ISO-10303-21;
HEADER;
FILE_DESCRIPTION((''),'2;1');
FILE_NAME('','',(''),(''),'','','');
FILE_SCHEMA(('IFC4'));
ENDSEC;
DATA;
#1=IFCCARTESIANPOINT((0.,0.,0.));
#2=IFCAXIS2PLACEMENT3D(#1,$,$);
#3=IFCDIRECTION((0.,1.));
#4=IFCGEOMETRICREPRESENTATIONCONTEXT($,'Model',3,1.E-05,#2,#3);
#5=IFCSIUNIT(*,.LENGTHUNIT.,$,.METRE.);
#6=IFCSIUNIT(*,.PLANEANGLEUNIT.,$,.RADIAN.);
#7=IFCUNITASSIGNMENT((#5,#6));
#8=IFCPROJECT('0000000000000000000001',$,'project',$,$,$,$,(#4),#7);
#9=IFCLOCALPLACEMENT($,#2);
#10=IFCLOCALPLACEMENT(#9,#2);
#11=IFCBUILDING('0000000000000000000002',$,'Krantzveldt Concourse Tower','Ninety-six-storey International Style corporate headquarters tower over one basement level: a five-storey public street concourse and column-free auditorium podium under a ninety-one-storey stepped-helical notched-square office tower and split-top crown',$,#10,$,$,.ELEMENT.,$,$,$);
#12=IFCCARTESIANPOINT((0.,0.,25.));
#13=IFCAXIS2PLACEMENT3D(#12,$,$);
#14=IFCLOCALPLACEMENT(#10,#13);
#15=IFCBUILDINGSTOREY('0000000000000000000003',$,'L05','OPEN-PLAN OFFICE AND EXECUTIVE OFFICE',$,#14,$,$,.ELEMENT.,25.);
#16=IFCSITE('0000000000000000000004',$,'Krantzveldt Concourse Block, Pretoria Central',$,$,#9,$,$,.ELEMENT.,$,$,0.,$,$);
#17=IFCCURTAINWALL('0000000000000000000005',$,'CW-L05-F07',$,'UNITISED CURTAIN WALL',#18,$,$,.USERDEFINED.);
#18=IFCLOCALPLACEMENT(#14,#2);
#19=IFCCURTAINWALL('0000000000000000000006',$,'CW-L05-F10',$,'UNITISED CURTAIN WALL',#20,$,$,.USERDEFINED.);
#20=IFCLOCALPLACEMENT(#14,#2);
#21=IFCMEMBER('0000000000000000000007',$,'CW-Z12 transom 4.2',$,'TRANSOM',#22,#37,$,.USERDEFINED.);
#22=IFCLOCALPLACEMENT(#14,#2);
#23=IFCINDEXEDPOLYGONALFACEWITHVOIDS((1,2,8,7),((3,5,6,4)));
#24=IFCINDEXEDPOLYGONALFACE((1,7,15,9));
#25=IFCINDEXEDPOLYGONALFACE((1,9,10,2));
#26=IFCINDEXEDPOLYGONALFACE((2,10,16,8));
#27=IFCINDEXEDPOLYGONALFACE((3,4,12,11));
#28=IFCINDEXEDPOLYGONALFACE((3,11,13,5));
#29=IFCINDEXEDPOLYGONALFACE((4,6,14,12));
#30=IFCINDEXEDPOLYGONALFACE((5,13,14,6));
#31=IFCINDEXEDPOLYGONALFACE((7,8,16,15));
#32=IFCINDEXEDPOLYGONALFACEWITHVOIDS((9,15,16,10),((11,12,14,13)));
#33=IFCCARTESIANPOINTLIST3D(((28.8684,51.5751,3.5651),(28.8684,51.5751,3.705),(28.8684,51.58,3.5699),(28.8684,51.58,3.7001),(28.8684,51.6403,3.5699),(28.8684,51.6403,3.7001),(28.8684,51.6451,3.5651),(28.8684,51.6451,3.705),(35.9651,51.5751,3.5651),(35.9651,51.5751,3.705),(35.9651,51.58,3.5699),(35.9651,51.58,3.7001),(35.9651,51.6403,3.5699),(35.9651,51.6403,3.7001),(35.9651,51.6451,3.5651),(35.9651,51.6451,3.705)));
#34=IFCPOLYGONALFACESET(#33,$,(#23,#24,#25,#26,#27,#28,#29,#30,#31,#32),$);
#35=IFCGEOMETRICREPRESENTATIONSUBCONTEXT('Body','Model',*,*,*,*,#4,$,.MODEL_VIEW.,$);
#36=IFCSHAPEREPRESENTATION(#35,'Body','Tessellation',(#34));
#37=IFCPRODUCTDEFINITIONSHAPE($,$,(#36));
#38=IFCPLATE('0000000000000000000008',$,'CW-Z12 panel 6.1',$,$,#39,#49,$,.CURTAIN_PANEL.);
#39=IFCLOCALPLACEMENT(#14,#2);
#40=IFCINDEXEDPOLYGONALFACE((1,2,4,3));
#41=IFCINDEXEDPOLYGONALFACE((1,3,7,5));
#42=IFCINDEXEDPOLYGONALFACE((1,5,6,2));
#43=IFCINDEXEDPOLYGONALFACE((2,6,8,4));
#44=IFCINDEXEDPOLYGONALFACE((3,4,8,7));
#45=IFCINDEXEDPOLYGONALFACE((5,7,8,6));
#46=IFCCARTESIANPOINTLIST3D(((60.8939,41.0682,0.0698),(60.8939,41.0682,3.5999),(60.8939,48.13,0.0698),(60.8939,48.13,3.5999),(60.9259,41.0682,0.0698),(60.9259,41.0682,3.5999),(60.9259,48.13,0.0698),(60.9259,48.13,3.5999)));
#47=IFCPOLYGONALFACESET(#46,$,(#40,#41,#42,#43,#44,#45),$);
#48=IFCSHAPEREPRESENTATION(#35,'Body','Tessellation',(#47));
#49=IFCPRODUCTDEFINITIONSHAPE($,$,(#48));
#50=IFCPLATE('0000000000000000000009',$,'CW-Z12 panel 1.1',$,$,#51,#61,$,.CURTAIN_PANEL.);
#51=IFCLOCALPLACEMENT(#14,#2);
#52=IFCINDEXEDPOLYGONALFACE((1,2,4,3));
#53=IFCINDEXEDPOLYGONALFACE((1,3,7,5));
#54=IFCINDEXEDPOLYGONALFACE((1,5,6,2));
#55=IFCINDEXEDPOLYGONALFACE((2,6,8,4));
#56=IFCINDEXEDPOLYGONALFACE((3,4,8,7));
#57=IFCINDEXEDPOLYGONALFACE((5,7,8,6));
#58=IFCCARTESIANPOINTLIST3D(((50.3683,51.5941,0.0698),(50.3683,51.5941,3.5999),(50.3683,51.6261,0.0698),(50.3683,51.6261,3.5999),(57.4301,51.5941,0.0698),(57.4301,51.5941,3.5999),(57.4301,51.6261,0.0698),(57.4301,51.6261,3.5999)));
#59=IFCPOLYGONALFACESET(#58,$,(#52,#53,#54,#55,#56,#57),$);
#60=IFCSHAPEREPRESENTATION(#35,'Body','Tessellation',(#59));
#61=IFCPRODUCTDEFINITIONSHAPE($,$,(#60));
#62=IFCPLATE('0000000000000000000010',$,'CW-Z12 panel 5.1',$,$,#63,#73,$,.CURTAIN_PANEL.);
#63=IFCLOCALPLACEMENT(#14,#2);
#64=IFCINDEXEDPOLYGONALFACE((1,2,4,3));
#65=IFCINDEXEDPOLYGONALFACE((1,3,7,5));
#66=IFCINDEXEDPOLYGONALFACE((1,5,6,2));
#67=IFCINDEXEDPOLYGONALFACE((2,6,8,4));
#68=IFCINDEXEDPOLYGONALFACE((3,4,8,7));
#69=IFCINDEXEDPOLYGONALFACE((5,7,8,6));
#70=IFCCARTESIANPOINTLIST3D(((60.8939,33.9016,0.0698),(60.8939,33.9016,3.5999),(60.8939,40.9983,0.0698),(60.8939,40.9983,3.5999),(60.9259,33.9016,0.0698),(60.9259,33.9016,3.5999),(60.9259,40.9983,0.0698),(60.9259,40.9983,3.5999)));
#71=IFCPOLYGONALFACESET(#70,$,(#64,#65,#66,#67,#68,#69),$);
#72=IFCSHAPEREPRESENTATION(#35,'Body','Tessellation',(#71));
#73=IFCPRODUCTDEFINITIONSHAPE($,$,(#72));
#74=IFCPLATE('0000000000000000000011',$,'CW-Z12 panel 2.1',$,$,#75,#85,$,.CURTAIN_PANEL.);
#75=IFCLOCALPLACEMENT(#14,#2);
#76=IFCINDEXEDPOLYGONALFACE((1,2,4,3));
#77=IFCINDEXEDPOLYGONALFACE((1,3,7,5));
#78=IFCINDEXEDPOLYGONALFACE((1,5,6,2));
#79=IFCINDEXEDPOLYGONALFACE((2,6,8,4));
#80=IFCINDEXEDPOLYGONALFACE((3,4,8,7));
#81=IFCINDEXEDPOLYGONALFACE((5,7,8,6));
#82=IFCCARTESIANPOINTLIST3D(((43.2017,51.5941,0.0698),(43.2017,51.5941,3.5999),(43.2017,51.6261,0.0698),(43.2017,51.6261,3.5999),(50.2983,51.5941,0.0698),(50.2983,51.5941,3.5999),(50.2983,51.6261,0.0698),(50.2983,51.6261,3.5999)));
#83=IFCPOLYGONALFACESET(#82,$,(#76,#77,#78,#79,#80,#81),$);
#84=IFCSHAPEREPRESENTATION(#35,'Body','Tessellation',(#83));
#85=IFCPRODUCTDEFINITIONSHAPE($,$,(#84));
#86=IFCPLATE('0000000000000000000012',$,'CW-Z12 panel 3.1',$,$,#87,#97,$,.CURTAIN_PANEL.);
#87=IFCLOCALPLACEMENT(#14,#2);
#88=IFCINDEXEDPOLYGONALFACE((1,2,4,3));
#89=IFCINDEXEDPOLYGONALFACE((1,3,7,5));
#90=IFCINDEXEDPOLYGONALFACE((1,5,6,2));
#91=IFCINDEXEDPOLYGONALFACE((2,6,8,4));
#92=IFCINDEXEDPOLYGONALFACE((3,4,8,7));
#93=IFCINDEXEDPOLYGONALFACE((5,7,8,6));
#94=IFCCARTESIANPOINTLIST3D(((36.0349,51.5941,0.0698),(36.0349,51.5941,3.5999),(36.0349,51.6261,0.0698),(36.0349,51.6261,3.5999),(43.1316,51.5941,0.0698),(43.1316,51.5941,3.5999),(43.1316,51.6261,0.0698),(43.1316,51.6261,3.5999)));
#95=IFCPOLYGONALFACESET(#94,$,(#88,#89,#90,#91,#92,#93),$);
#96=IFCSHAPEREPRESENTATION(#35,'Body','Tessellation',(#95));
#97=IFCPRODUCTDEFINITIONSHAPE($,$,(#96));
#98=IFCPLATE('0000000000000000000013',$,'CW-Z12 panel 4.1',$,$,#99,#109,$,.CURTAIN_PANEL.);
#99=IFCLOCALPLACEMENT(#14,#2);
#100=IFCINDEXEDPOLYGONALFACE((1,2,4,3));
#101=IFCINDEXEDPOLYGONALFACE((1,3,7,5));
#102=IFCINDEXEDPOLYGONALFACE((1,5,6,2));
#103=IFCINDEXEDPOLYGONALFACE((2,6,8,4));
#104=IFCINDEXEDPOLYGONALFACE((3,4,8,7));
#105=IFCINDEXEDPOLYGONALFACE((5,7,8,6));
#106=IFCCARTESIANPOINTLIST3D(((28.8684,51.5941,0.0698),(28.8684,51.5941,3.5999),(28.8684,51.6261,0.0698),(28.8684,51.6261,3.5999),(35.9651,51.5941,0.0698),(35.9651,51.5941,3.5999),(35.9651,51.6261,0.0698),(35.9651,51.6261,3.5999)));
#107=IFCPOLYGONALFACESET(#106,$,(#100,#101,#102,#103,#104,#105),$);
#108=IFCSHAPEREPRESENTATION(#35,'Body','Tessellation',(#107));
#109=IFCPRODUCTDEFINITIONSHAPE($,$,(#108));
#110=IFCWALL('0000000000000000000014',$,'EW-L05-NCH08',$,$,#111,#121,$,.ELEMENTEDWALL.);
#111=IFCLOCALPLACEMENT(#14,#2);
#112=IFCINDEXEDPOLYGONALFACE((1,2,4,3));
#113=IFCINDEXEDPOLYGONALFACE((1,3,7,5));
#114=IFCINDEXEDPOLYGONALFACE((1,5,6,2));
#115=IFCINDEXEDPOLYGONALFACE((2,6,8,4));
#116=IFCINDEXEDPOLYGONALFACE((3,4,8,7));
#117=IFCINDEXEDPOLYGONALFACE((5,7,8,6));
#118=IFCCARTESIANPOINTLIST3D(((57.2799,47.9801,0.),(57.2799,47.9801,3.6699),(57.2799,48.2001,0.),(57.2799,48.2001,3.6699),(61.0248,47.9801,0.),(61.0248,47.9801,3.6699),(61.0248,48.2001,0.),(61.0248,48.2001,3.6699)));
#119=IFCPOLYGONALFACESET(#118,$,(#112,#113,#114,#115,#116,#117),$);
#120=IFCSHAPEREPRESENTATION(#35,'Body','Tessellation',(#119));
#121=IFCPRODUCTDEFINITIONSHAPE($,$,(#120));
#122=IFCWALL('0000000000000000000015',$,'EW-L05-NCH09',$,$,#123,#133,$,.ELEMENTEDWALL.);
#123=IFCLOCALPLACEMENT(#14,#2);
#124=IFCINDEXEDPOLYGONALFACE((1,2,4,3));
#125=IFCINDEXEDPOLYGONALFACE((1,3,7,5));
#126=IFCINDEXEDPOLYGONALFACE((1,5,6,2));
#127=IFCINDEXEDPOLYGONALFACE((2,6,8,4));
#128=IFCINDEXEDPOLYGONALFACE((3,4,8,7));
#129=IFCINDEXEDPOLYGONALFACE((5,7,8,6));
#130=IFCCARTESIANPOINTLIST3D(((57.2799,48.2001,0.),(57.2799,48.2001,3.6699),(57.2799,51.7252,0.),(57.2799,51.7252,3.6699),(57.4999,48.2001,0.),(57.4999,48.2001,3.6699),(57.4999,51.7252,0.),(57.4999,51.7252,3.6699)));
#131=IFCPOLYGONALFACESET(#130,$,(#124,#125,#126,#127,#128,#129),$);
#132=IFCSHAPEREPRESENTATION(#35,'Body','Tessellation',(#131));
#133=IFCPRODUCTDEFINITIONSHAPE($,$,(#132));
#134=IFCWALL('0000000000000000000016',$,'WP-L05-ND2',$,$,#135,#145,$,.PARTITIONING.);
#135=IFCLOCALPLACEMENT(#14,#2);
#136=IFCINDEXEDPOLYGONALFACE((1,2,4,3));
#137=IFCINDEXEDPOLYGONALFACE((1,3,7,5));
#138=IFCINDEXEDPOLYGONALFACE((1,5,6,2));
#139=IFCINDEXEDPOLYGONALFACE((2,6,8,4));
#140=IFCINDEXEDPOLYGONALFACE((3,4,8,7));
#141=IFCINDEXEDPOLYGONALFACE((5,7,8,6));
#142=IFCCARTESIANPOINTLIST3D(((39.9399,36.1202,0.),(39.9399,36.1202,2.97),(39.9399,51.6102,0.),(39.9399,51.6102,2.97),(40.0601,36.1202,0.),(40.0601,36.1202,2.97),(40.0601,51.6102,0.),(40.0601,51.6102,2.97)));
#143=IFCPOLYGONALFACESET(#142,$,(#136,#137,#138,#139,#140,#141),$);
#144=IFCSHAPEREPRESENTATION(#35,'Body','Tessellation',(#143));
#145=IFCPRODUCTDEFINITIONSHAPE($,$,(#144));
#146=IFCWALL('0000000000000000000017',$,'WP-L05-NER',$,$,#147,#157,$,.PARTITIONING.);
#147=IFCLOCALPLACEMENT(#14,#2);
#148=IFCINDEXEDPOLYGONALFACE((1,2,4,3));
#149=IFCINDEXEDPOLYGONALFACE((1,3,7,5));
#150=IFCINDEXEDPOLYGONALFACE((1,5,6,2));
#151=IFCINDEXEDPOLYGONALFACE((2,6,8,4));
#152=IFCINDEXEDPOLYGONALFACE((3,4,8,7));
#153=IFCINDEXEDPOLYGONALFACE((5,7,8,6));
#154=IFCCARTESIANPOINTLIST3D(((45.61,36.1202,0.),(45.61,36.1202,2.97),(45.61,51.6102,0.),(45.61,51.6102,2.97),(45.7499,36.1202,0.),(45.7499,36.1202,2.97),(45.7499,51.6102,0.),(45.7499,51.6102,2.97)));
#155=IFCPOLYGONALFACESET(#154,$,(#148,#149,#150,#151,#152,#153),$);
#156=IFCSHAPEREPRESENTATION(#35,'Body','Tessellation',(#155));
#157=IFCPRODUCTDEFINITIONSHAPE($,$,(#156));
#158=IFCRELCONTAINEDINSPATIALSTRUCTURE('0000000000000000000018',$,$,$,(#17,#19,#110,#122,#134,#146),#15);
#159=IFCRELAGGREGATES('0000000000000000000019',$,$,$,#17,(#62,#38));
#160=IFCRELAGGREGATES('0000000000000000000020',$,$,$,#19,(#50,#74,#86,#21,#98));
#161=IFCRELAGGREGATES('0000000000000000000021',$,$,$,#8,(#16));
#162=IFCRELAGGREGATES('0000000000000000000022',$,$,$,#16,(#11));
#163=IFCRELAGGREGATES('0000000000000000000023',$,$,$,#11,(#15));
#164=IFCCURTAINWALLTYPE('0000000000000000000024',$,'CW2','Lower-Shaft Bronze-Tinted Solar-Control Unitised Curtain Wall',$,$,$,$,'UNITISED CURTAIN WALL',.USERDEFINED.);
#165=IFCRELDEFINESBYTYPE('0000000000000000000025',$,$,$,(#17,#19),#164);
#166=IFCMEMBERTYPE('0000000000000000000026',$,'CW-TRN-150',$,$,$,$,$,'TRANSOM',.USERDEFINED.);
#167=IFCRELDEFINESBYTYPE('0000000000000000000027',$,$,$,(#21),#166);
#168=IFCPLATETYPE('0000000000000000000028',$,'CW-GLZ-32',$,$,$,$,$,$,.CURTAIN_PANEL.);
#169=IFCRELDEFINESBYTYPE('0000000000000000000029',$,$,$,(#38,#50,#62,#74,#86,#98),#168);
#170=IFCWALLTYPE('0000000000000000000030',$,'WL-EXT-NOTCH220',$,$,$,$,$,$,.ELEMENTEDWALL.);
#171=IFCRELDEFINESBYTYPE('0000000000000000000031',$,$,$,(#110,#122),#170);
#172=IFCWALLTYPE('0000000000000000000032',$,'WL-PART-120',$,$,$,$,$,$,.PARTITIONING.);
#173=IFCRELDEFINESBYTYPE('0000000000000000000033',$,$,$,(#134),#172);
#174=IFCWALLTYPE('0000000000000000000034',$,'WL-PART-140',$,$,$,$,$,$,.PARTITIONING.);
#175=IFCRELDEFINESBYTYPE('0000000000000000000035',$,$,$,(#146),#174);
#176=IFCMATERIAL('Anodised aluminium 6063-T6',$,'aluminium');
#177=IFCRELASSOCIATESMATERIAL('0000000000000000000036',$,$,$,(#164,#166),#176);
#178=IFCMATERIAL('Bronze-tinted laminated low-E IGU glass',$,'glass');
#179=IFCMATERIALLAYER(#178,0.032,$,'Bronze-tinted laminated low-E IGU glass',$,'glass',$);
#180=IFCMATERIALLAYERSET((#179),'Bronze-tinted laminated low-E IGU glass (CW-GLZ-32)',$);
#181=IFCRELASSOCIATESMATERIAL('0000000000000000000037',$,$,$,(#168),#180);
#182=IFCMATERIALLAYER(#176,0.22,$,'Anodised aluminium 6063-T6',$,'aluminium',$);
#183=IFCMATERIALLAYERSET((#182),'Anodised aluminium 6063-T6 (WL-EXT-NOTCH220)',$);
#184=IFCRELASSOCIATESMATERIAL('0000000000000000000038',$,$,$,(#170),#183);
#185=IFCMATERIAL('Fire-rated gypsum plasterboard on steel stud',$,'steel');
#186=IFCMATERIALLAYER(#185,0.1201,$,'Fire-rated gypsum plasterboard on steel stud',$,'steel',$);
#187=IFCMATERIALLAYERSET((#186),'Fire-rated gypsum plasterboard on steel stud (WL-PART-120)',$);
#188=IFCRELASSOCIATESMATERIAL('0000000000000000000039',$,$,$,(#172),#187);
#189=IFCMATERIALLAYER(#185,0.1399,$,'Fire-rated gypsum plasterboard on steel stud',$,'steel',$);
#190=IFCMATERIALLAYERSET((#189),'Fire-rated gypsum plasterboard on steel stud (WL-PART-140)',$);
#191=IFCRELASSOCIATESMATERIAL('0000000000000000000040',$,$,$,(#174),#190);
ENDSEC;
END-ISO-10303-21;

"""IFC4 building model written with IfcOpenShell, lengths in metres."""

from ifc_helpers import new_model, si_unit, direction, frame, frame_2d, origin, origin_2d, place, context, subcontext, project, spatial, rectangle, hollow_rectangle, extrude, source, transform, mapped, material, layer, layer_set, material_profile, profile_set, type_object, type_shapes, element, aggregate, save


model = new_model("IFC4")

# Units and contexts
model_context = context("Model", 3, precision=1e-05, world=origin(), true_north=direction((0.0, 1.0)))
body_context = subcontext(model_context, "Body", "Model", "MODEL_VIEW")
ifc_project = project(units=[si_unit("LENGTHUNIT", "METRE"), si_unit("PLANEANGLEUNIT", "RADIAN")], contexts=[model_context])

# Site, building, storey
site_placement = place(None, origin())
site = spatial("IfcSite", under=ifc_project, at=site_placement, Name="Krantzveldt Concourse Block, Pretoria Central", CompositionType="ELEMENT", RefElevation=0.0)
building_placement = place(site_placement, origin())
building = spatial("IfcBuilding", under=site, at=building_placement, Name="Krantzveldt Concourse Tower", Description="Ninety-six-storey International Style corporate headquarters tower over one basement level: a five-storey public street concourse and column-free auditorium podium under a ninety-one-storey stepped-helical notched-square office tower and split-top crown", CompositionType="ELEMENT")
storey_placement = place(building_placement, frame((0.0, 0.0, 25.0)))
storey = spatial("IfcBuildingStorey", under=building, at=storey_placement, Name="L05", Description="OPEN-PLAN OFFICE AND EXECUTIVE OFFICE", CompositionType="ELEMENT", Elevation=25.0)

# Curtain walls
ifc_material_1 = material(Name="Anodised aluminium 6063-T6", Category="aluminium")
curtain_wall_type = type_object("IfcCurtainWallType", Name="CW2", Description="Lower-Shaft Bronze-Tinted Solar-Control Unitised Curtain Wall", ElementType="UNITISED CURTAIN WALL", PredefinedType="USERDEFINED", material=ifc_material_1)
curtain_wall_1_placement = place(storey_placement, origin())
curtain_wall_1 = element("IfcCurtainWall", 1, at=curtain_wall_1_placement, inside=storey, type_object=curtain_wall_type, Name="CW-L05-F07", ObjectType="UNITISED CURTAIN WALL", PredefinedType="USERDEFINED")
curtain_wall_2_placement = place(storey_placement, origin())
curtain_wall_2 = element("IfcCurtainWall", 2, at=curtain_wall_2_placement, inside=storey, type_object=curtain_wall_type, Name="CW-L05-F10", ObjectType="UNITISED CURTAIN WALL", PredefinedType="USERDEFINED")

# Member
ifc_material_profile_1 = material_profile(ifc_material_1, hollow_rectangle(XDim=0.0701, YDim=0.1399, WallThickness=0.0049, at=origin_2d()), Name="Anodised aluminium 6063-T6", Category="aluminium")
ifc_profile_set_1 = profile_set([ifc_material_profile_1], Name="Anodised aluminium 6063-T6 - ALU-TRAN 140x70x5")
member_type_1 = type_object("IfcMemberType", Name="CW-TRN-150", ElementType="TRANSOM", PredefinedType="USERDEFINED", material=ifc_profile_set_1)
shared_shape_1 = source(origin(), body_context, "Body", "SweptSolid", [
    extrude(hollow_rectangle(XDim=0.0701, YDim=0.1399, WallThickness=0.0049, at=origin_2d()), origin(), (0.0, 0.0, 1.0), 7.0967),
])
member_1_placement = place(storey_placement, frame((35.9651, 51.6101, 3.635), z_axis=(-1.0, 0.0, 0.0), x_axis=(0.0, -1.0, 0.0)))
member_1 = element("IfcMember", 3, at=member_1_placement, type_object=member_type_1, Name="CW-Z12 transom 4.2", ObjectType="TRANSOM", PredefinedType="USERDEFINED", context=body_context, shape_type="MappedRepresentation", body=[
    mapped(shared_shape_1, transform((0.0, 0.0, 0.0), x_axis=(1.0, 0.0, 0.0), y_axis=(0.0, 1.0, 0.0), z_axis=(0.0, 0.0, 1.0), scale=1.0)),
])

# Plates
ifc_material_2 = material(Name="Bronze-tinted laminated low-E IGU glass", Category="glass")
ifc_layer_1 = layer(ifc_material_2, 0.032, Name="Bronze-tinted laminated low-E IGU glass", Category="glass")
ifc_layer_set_1 = layer_set([ifc_layer_1], Name="Bronze-tinted laminated low-E IGU glass (CW-GLZ-32)")
plate_type = type_object("IfcPlateType", Name="CW-GLZ-32", PredefinedType="CURTAIN_PANEL", material=ifc_layer_set_1)
shared_shape_2 = source(origin(), body_context, "Body", "SweptSolid", [
    extrude(rectangle(XDim=7.0618, YDim=0.032, at=origin_2d()), origin(), (0.0, 0.0, 1.0), 3.53),
])
plate_1_placement = place(storey_placement, frame((60.9099, 44.5991, 0.0698), z_axis=(0.0, 0.0, 1.0), x_axis=(0.0, 1.0, 0.0)))
plate_1 = element("IfcPlate", 4, at=plate_1_placement, type_object=plate_type, Name="CW-Z12 panel 6.1", PredefinedType="CURTAIN_PANEL", context=body_context, shape_type="MappedRepresentation", body=[
    mapped(shared_shape_2, transform((0.0, 0.0, 0.0), x_axis=(1.0, 0.0, 0.0), y_axis=(0.0, 1.0, 0.0), z_axis=(0.0, 0.0, 1.0), scale=1.0)),
])
plate_2_placement = place(storey_placement, frame((53.8992, 51.6101, 0.0698), z_axis=(0.0, 0.0, 1.0), x_axis=(-1.0, 0.0, 0.0)))
plate_2 = element("IfcPlate", 5, at=plate_2_placement, type_object=plate_type, Name="CW-Z12 panel 1.1", PredefinedType="CURTAIN_PANEL", context=body_context, shape_type="MappedRepresentation", body=[
    mapped(shared_shape_2, transform((0.0, 0.0, 0.0), x_axis=(1.0, 0.0, 0.0), y_axis=(0.0, 1.0, 0.0), z_axis=(0.0, 0.0, 1.0), scale=1.0)),
])
shared_shape_3 = source(origin(), body_context, "Body", "SweptSolid", [
    extrude(rectangle(XDim=7.0967, YDim=0.032, at=origin_2d()), origin(), (0.0, 0.0, 1.0), 3.53),
])
type_shapes(plate_type, [shared_shape_2, shared_shape_3])
plate_3_placement = place(storey_placement, frame((60.9099, 37.45, 0.0698), z_axis=(0.0, 0.0, 1.0), x_axis=(0.0, 1.0, 0.0)))
plate_3 = element("IfcPlate", 6, at=plate_3_placement, type_object=plate_type, Name="CW-Z12 panel 5.1", PredefinedType="CURTAIN_PANEL", context=body_context, shape_type="MappedRepresentation", body=[
    mapped(shared_shape_3, transform((0.0, 0.0, 0.0), x_axis=(1.0, 0.0, 0.0), y_axis=(0.0, 1.0, 0.0), z_axis=(0.0, 0.0, 1.0), scale=1.0)),
])
aggregate(curtain_wall_1, [plate_3, plate_1])
plate_4_placement = place(storey_placement, frame((46.75, 51.6101, 0.0698), z_axis=(0.0, 0.0, 1.0), x_axis=(-1.0, 0.0, 0.0)))
plate_4 = element("IfcPlate", 7, at=plate_4_placement, type_object=plate_type, Name="CW-Z12 panel 2.1", PredefinedType="CURTAIN_PANEL", context=body_context, shape_type="MappedRepresentation", body=[
    mapped(shared_shape_3, transform((0.0, 0.0, 0.0), x_axis=(1.0, 0.0, 0.0), y_axis=(0.0, 1.0, 0.0), z_axis=(0.0, 0.0, 1.0), scale=1.0)),
])
plate_5_placement = place(storey_placement, frame((39.5833, 51.6101, 0.0698), z_axis=(0.0, 0.0, 1.0), x_axis=(-1.0, 0.0, 0.0)))
plate_5 = element("IfcPlate", 8, at=plate_5_placement, type_object=plate_type, Name="CW-Z12 panel 3.1", PredefinedType="CURTAIN_PANEL", context=body_context, shape_type="MappedRepresentation", body=[
    mapped(shared_shape_3, transform((0.0, 0.0, 0.0), x_axis=(1.0, 0.0, 0.0), y_axis=(0.0, 1.0, 0.0), z_axis=(0.0, 0.0, 1.0), scale=1.0)),
])
plate_6_placement = place(storey_placement, frame((32.4167, 51.6101, 0.0698), z_axis=(0.0, 0.0, 1.0), x_axis=(-1.0, 0.0, 0.0)))
plate_6 = element("IfcPlate", 9, at=plate_6_placement, type_object=plate_type, Name="CW-Z12 panel 4.1", PredefinedType="CURTAIN_PANEL", context=body_context, shape_type="MappedRepresentation", body=[
    mapped(shared_shape_3, transform((0.0, 0.0, 0.0), x_axis=(1.0, 0.0, 0.0), y_axis=(0.0, 1.0, 0.0), z_axis=(0.0, 0.0, 1.0), scale=1.0)),
])
aggregate(curtain_wall_2, [plate_2, plate_4, plate_5, member_1, plate_6])

# Walls
ifc_layer_2 = layer(ifc_material_1, 0.22, Name="Anodised aluminium 6063-T6", Category="aluminium")
ifc_layer_set_2 = layer_set([ifc_layer_2], Name="Anodised aluminium 6063-T6 (WL-EXT-NOTCH220)")
wall_type_1 = type_object("IfcWallType", Name="WL-EXT-NOTCH220", PredefinedType="ELEMENTEDWALL", material=ifc_layer_set_2)
wall_1_placement = place(storey_placement, frame((61.0249, 48.0901, 0.0), z_axis=(0.0, 0.0, 1.0), x_axis=(-1.0, 0.0, 0.0)))
element("IfcWall", 10, at=wall_1_placement, inside=storey, type_object=wall_type_1, Name="EW-L05-NCH08", PredefinedType="ELEMENTEDWALL", context=body_context, shape_type="SweptSolid", body=[
    extrude(rectangle(XDim=3.7449, YDim=0.22, at=frame_2d((1.8726, 0.0))), origin(), (0.0, 0.0, 1.0), 3.6699),
])
wall_2_placement = place(storey_placement, frame((57.3899, 48.2, 0.0), z_axis=(0.0, 0.0, 1.0), x_axis=(0.0, 1.0, 0.0)))
element("IfcWall", 11, at=wall_2_placement, inside=storey, type_object=wall_type_1, Name="EW-L05-NCH09", PredefinedType="ELEMENTEDWALL", context=body_context, shape_type="SweptSolid", body=[
    extrude(rectangle(XDim=3.5251, YDim=0.22, at=frame_2d((1.7627, 0.0))), origin(), (0.0, 0.0, 1.0), 3.6699),
])
ifc_material_3 = material(Name="Fire-rated gypsum plasterboard on steel stud", Category="steel")
ifc_layer_3 = layer(ifc_material_3, 0.1201, Name="Fire-rated gypsum plasterboard on steel stud", Category="steel")
ifc_layer_set_3 = layer_set([ifc_layer_3], Name="Fire-rated gypsum plasterboard on steel stud (WL-PART-120)")
wall_type_2 = type_object("IfcWallType", Name="WL-PART-120", PredefinedType="PARTITIONING", material=ifc_layer_set_3)
wall_3_placement = place(storey_placement, frame((40.0, 36.1201, 0.0), z_axis=(0.0, 0.0, 1.0), x_axis=(0.0, 1.0, 0.0)))
element("IfcWall", 12, at=wall_3_placement, inside=storey, type_object=wall_type_2, Name="WP-L05-ND2", PredefinedType="PARTITIONING", context=body_context, shape_type="SweptSolid", body=[
    extrude(rectangle(XDim=15.49, YDim=0.1201, at=frame_2d((7.7451, 0.0))), origin(), (0.0, 0.0, 1.0), 2.97),
])
ifc_layer_4 = layer(ifc_material_3, 0.1399, Name="Fire-rated gypsum plasterboard on steel stud", Category="steel")
ifc_layer_set_4 = layer_set([ifc_layer_4], Name="Fire-rated gypsum plasterboard on steel stud (WL-PART-140)")
wall_type_3 = type_object("IfcWallType", Name="WL-PART-140", PredefinedType="PARTITIONING", material=ifc_layer_set_4)
wall_4_placement = place(storey_placement, frame((45.6799, 36.1201, 0.0), z_axis=(0.0, 0.0, 1.0), x_axis=(0.0, 1.0, 0.0)))
element("IfcWall", 13, at=wall_4_placement, inside=storey, type_object=wall_type_3, Name="WP-L05-NER", PredefinedType="PARTITIONING", context=body_context, shape_type="SweptSolid", body=[
    extrude(rectangle(XDim=15.49, YDim=0.1399, at=frame_2d((7.7451, 0.0))), origin(), (0.0, 0.0, 1.0), 2.97),
])

save(model, "model.ifc")
